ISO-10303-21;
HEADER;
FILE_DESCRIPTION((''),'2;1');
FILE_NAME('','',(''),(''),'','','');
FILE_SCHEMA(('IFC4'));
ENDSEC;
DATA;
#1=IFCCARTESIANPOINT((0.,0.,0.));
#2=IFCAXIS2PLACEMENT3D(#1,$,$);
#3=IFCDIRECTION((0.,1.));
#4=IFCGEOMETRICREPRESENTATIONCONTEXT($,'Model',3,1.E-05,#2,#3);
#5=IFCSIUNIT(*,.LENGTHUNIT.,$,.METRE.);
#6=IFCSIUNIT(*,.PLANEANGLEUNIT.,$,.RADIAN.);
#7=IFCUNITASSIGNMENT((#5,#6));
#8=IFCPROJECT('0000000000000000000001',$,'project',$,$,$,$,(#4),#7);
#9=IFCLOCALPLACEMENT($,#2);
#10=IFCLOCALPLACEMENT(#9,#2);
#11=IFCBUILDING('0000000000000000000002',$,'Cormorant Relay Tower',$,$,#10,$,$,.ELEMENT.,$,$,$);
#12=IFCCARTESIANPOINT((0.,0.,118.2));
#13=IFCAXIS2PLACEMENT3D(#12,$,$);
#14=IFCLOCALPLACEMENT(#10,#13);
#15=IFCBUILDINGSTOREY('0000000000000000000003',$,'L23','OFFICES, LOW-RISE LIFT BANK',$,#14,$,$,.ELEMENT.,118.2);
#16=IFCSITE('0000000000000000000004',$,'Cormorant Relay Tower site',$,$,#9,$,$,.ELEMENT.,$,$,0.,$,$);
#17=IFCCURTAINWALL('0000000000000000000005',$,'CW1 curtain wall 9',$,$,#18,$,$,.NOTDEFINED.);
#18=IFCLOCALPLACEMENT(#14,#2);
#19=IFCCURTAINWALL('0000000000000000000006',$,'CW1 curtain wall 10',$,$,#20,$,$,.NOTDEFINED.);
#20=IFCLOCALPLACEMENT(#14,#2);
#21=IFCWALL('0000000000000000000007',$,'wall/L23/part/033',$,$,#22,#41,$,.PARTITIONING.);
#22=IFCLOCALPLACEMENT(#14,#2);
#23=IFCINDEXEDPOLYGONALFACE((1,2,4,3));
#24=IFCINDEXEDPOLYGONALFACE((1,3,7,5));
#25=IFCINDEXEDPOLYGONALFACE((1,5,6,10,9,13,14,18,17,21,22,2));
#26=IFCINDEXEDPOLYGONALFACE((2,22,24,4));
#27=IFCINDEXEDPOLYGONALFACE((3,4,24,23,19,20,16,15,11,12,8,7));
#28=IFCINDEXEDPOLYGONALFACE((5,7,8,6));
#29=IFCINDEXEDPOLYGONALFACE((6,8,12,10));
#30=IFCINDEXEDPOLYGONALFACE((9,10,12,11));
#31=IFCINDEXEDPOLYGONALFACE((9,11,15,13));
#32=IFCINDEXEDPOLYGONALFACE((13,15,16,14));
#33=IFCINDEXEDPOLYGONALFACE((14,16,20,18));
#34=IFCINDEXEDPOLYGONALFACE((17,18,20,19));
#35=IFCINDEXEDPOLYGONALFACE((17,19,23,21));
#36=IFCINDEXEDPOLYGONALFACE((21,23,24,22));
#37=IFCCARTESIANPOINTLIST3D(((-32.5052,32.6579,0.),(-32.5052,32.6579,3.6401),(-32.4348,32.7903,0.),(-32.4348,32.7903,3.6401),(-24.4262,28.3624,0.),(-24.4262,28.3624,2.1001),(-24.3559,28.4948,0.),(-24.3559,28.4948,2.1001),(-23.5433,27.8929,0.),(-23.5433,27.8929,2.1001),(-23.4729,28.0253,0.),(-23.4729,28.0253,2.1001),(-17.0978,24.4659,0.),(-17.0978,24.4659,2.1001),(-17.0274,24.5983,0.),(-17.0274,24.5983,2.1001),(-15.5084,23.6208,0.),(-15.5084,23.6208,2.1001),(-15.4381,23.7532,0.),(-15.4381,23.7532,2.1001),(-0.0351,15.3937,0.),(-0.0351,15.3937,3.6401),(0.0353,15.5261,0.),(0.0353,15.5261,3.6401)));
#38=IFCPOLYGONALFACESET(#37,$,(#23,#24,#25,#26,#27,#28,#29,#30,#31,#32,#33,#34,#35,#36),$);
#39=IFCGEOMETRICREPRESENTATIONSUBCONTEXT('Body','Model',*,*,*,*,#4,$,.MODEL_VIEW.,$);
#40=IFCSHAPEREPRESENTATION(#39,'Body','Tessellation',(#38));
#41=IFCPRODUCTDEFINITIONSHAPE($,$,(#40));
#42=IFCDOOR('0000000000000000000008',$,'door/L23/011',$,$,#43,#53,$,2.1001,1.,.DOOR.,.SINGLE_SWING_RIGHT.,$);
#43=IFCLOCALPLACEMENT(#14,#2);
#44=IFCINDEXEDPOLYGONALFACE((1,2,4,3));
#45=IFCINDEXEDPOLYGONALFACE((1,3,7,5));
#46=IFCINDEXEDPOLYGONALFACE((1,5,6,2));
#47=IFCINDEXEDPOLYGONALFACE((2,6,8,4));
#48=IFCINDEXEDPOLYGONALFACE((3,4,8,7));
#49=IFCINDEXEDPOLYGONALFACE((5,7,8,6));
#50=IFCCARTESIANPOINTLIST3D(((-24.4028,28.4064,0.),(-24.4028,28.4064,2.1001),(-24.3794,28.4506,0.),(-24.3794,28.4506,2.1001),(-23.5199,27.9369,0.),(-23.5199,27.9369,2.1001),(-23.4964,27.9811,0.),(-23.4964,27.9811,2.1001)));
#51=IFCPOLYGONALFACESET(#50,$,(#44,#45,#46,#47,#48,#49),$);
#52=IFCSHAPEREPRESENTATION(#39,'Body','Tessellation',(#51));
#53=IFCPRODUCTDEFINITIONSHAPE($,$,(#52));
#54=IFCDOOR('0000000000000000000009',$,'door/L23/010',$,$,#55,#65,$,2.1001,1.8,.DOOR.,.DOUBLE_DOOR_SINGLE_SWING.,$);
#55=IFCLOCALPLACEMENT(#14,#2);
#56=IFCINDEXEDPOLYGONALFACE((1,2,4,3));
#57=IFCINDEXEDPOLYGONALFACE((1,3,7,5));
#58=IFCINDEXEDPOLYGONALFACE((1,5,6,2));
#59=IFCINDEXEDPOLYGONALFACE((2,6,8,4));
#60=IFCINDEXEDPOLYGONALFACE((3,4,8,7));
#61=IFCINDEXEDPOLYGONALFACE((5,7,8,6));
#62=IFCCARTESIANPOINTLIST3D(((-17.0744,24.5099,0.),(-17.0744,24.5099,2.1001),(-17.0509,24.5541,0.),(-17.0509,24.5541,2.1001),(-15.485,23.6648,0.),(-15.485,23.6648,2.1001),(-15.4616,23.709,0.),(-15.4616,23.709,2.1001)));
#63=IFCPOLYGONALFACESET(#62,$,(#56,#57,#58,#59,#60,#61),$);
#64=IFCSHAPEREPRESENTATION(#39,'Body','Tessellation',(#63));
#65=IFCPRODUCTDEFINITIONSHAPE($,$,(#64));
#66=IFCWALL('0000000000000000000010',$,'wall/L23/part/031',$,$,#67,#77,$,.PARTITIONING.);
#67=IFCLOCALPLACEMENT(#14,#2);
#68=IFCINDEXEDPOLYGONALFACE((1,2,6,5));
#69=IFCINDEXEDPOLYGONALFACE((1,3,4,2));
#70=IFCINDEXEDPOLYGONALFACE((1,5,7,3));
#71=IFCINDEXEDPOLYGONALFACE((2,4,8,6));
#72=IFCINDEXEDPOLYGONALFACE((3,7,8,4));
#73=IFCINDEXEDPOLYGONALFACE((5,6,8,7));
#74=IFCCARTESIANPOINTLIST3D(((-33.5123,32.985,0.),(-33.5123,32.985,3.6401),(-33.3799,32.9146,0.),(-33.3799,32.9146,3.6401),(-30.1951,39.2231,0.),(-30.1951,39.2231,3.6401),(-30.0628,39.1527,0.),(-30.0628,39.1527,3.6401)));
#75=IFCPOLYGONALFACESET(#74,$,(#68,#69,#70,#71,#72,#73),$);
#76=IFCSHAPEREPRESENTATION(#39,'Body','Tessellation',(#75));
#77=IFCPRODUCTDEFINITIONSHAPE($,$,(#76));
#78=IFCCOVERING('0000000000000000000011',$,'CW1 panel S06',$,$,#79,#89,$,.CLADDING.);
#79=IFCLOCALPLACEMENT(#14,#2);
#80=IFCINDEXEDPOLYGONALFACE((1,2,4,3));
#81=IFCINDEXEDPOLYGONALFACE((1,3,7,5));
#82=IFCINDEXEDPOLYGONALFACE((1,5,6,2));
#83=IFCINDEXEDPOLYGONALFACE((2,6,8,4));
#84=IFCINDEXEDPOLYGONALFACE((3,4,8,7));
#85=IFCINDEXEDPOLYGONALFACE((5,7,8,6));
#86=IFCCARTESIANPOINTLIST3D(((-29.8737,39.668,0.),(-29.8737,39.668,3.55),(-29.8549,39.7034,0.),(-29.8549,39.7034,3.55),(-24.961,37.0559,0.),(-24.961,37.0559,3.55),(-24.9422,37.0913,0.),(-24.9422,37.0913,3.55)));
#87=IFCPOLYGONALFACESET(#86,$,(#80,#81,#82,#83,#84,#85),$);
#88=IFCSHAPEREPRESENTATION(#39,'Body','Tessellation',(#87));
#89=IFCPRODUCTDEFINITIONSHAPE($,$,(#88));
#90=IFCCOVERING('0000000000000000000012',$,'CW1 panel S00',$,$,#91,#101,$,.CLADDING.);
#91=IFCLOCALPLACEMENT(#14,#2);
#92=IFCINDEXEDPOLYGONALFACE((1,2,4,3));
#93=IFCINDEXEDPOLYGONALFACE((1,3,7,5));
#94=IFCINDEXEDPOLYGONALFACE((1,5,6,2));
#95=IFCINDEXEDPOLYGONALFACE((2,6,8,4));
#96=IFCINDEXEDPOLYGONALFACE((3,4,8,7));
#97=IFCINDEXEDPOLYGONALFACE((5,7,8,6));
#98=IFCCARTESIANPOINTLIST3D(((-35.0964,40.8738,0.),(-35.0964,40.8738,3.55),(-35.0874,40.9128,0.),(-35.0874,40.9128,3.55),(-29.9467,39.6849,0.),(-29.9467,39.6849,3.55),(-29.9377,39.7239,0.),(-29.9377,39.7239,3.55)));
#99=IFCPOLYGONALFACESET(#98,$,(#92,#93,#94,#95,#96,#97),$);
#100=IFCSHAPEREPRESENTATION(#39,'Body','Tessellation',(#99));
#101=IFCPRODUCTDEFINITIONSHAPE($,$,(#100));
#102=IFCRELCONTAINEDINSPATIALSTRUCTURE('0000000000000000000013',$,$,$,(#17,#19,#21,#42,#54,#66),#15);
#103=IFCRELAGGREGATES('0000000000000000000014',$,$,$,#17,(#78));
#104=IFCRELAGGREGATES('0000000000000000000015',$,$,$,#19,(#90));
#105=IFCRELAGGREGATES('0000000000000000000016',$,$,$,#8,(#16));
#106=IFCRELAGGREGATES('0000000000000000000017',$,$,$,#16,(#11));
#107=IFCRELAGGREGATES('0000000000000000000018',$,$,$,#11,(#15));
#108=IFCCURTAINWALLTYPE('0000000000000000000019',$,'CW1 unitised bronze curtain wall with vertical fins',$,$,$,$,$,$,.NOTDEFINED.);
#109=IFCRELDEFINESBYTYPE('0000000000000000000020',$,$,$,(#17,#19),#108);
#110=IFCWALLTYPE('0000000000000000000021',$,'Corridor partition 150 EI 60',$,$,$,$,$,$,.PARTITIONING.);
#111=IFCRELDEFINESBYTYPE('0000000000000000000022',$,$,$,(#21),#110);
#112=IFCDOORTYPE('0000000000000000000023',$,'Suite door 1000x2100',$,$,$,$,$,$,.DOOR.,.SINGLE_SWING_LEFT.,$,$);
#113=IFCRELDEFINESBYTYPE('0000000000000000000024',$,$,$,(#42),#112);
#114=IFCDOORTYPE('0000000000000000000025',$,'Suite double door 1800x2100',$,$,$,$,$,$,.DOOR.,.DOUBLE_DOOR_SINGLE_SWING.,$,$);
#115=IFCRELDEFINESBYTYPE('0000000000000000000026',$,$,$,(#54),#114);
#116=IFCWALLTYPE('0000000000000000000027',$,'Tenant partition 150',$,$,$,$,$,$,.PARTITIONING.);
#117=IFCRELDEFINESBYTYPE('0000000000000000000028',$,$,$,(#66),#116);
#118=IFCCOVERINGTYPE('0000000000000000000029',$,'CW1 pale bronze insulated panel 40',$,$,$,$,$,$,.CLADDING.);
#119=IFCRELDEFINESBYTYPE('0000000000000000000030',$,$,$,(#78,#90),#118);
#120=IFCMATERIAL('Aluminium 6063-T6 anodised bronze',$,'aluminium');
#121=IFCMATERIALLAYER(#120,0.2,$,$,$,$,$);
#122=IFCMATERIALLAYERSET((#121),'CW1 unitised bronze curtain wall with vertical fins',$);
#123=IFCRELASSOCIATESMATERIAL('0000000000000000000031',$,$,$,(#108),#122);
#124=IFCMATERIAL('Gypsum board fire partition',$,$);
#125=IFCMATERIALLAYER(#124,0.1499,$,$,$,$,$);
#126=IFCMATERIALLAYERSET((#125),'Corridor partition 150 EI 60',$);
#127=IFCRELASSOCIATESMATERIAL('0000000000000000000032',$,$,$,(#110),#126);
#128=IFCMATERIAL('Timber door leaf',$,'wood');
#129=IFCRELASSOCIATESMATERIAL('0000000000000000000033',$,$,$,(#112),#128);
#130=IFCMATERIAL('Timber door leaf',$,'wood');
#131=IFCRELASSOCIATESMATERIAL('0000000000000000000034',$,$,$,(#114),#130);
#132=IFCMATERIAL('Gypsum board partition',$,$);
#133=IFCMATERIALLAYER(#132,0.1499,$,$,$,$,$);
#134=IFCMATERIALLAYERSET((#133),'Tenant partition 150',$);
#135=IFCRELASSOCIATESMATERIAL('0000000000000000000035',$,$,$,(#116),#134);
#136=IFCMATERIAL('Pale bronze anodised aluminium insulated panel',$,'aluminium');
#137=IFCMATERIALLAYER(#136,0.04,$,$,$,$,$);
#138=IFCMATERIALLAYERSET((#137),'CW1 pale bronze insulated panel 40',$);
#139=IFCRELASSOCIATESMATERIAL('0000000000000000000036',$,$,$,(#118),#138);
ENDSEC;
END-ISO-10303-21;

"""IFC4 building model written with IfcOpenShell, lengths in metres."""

from ifc_helpers import new_model, si_unit, direction, frame, frame_2d, origin, origin_2d, place, context, subcontext, project, spatial, rectangle, extrude, material, layer, layer_set, type_object, element, fill, aggregate, save


model = new_model("IFC4")

# Units and contexts
model_context = context("Model", 3, precision=1e-05, world=origin(), true_north=direction((0.0, 1.0)))
body_context = subcontext(model_context, "Body", "Model", "MODEL_VIEW")
ifc_project = project(units=[si_unit("LENGTHUNIT", "METRE"), si_unit("PLANEANGLEUNIT", "RADIAN")], contexts=[model_context])

# Site, building, storey
site_placement = place(None, origin())
site = spatial("IfcSite", under=ifc_project, at=site_placement, Name="Cormorant Relay Tower site", CompositionType="ELEMENT", RefElevation=0.0)
building_placement = place(site_placement, origin())
building = spatial("IfcBuilding", under=site, at=building_placement, Name="Cormorant Relay Tower", CompositionType="ELEMENT")
storey_placement = place(building_placement, frame((0.0, 0.0, 118.2)))
storey = spatial("IfcBuildingStorey", under=building, at=storey_placement, Name="L23", Description="OFFICES, LOW-RISE LIFT BANK", CompositionType="ELEMENT", Elevation=118.2)

# Curtain wall
ifc_material_1 = material(Name="Aluminium 6063-T6 anodised bronze", Category="aluminium")
ifc_layer_1 = layer(ifc_material_1, 0.2)
ifc_layer_set_1 = layer_set([ifc_layer_1], Name="CW1 unitised bronze curtain wall with vertical fins")
curtain_wall_type = type_object("IfcCurtainWallType", Name="CW1 unitised bronze curtain wall with vertical fins", PredefinedType="NOTDEFINED", material=ifc_layer_set_1)
curtain_wall_1_placement = place(storey_placement, origin())
curtain_wall_1 = element("IfcCurtainWall", 1, at=curtain_wall_1_placement, inside=storey, type_object=curtain_wall_type, Name="CW1 curtain wall 9", PredefinedType="NOTDEFINED")

# Curtain wall
curtain_wall_2_placement = place(storey_placement, origin())
curtain_wall_2 = element("IfcCurtainWall", 2, at=curtain_wall_2_placement, inside=storey, type_object=curtain_wall_type, Name="CW1 curtain wall 10", PredefinedType="NOTDEFINED")

# Shared definitions
ifc_material_2 = material(Name="Gypsum board fire partition")
ifc_layer_2 = layer(ifc_material_2, 0.1499)
ifc_layer_set_2 = layer_set([ifc_layer_2], Name="Corridor partition 150 EI 60")
wall_type_1 = type_object("IfcWallType", Name="Corridor partition 150 EI 60", PredefinedType="PARTITIONING", material=ifc_layer_set_2)

# Wall, openings, doors
wall_1_placement = place(storey_placement, frame((-32.47, 32.7241, 0.0), z_axis=(0.0, 0.0, 1.0), x_axis=(0.882952, -0.469462, 0.0)))
wall_1 = element("IfcWall", 3, at=wall_1_placement, inside=storey, type_object=wall_type_1, Name="wall/L23/part/033", PredefinedType="PARTITIONING", context=body_context, shape_type="SweptSolid", body=[
    extrude(rectangle(XDim=36.7744, YDim=0.1499, at=frame_2d((18.3872, 0.0))), origin(), (0.0, 0.0, 1.0), 3.6401),
])
opening_1_placement = place(wall_1_placement, frame((17.45, 0.0, 0.0)))
opening_1 = element("IfcOpeningElement", 4, at=opening_1_placement, cuts=wall_1, PredefinedType="OPENING", context=body_context, shape_type="SweptSolid", body=[
    extrude(rectangle(XDim=1.8, YDim=2.1001, at=frame_2d((0.8999, 1.05))), frame((0.0, 0.085, 0.0), z_axis=(0.0, -1.0, 0.0), x_axis=(1.0, 0.0, 0.0)), (0.0, 0.0, 1.0), 0.1699),
])
opening_2_placement = place(wall_1_placement, frame((9.1499, 0.0, 0.0)))
opening_2 = element("IfcOpeningElement", 5, at=opening_2_placement, cuts=wall_1, PredefinedType="OPENING", context=body_context, shape_type="SweptSolid", body=[
    extrude(rectangle(XDim=1.0, YDim=2.1001, at=frame_2d((0.5, 1.05))), frame((0.0, 0.085, 0.0), z_axis=(0.0, -1.0, 0.0), x_axis=(1.0, 0.0, 0.0)), (0.0, 0.0, 1.0), 0.1699),
])
ifc_material_3 = material(Name="Timber door leaf", Category="wood")
door_type_1 = type_object("IfcDoorType", Name="Suite door 1000x2100", OperationType="SINGLE_SWING_LEFT", PredefinedType="DOOR", material=ifc_material_3)
door_1_placement = place(opening_2_placement, origin())
door_1 = element("IfcDoor", 6, at=door_1_placement, inside=storey, type_object=door_type_1, Name="door/L23/011", OperationType="SINGLE_SWING_RIGHT", OverallHeight=2.1001, OverallWidth=1.0, PredefinedType="DOOR", context=body_context, shape_type="SweptSolid", body=[
    extrude(rectangle(XDim=1.0, YDim=2.1001, at=frame_2d((0.5, 1.05))), frame((0.0, 0.0249, 0.0), z_axis=(0.0, -1.0, 0.0), x_axis=(1.0, 0.0, 0.0)), (0.0, 0.0, 1.0), 0.05),
])
fill(opening_2, door_1)
ifc_material_4 = material(Name="Timber door leaf", Category="wood")
door_type_2 = type_object("IfcDoorType", Name="Suite double door 1800x2100", OperationType="DOUBLE_DOOR_SINGLE_SWING", PredefinedType="DOOR", material=ifc_material_4)
door_2_placement = place(opening_1_placement, origin())
door_2 = element("IfcDoor", 7, at=door_2_placement, inside=storey, type_object=door_type_2, Name="door/L23/010", OperationType="DOUBLE_DOOR_SINGLE_SWING", OverallHeight=2.1001, OverallWidth=1.8, PredefinedType="DOOR", context=body_context, shape_type="SweptSolid", body=[
    extrude(rectangle(XDim=1.8, YDim=2.1001, at=frame_2d((0.8999, 1.05))), frame((0.0, 0.0249, 0.0), z_axis=(0.0, -1.0, 0.0), x_axis=(1.0, 0.0, 0.0)), (0.0, 0.0, 1.0), 0.05),
])
fill(opening_1, door_2)

# Wall
ifc_material_5 = material(Name="Gypsum board partition")
ifc_layer_3 = layer(ifc_material_5, 0.1499)
ifc_layer_set_3 = layer_set([ifc_layer_3], Name="Tenant partition 150")
wall_type_2 = type_object("IfcWallType", Name="Tenant partition 150", PredefinedType="PARTITIONING", material=ifc_layer_set_3)
wall_2_placement = place(storey_placement, frame((-30.1289, 39.188, 0.0), z_axis=(0.0, 0.0, 1.0), x_axis=(-0.469506, -0.882929, 0.0)))
element("IfcWall", 8, at=wall_2_placement, inside=storey, type_object=wall_type_2, Name="wall/L23/part/031", PredefinedType="PARTITIONING", context=body_context, shape_type="SweptSolid", body=[
    extrude(rectangle(XDim=7.0652, YDim=0.1499, at=frame_2d((3.5327, 0.0))), origin(), (0.0, 0.0, 1.0), 3.6401),
])

# Coverings
ifc_material_6 = material(Name="Pale bronze anodised aluminium insulated panel", Category="aluminium")
ifc_layer_4 = layer(ifc_material_6, 0.04)
ifc_layer_set_4 = layer_set([ifc_layer_4], Name="CW1 pale bronze insulated panel 40")
covering_type = type_object("IfcCoveringType", Name="CW1 pale bronze insulated panel 40", PredefinedType="CLADDING", material=ifc_layer_set_4)
covering_1_placement = place(storey_placement, frame((-27.408, 38.3796, 0.0), z_axis=(0.0, 0.0, 1.0), x_axis=(-0.882948, 0.469472, 0.0)))
covering_1 = element("IfcCovering", 9, at=covering_1_placement, type_object=covering_type, Name="CW1 panel S06", PredefinedType="CLADDING", context=body_context, shape_type="SweptSolid", body=[
    extrude(rectangle(XDim=5.564, YDim=0.04, at=origin_2d()), origin(), (0.0, 0.0, 1.0), 3.55),
])
aggregate(curtain_wall_1, [covering_1])
covering_2_placement = place(storey_placement, frame((-32.5171, 40.2988, 0.0), z_axis=(0.0, 0.0, 1.0), x_axis=(-0.97437, 0.224951, 0.0)))
covering_2 = element("IfcCovering", 10, at=covering_2_placement, type_object=covering_type, Name="CW1 panel S00", PredefinedType="CLADDING", context=body_context, shape_type="SweptSolid", body=[
    extrude(rectangle(XDim=5.2852, YDim=0.04, at=origin_2d()), origin(), (0.0, 0.0, 1.0), 3.55),
])
aggregate(curtain_wall_2, [covering_2])

save(model, "model.ifc")
